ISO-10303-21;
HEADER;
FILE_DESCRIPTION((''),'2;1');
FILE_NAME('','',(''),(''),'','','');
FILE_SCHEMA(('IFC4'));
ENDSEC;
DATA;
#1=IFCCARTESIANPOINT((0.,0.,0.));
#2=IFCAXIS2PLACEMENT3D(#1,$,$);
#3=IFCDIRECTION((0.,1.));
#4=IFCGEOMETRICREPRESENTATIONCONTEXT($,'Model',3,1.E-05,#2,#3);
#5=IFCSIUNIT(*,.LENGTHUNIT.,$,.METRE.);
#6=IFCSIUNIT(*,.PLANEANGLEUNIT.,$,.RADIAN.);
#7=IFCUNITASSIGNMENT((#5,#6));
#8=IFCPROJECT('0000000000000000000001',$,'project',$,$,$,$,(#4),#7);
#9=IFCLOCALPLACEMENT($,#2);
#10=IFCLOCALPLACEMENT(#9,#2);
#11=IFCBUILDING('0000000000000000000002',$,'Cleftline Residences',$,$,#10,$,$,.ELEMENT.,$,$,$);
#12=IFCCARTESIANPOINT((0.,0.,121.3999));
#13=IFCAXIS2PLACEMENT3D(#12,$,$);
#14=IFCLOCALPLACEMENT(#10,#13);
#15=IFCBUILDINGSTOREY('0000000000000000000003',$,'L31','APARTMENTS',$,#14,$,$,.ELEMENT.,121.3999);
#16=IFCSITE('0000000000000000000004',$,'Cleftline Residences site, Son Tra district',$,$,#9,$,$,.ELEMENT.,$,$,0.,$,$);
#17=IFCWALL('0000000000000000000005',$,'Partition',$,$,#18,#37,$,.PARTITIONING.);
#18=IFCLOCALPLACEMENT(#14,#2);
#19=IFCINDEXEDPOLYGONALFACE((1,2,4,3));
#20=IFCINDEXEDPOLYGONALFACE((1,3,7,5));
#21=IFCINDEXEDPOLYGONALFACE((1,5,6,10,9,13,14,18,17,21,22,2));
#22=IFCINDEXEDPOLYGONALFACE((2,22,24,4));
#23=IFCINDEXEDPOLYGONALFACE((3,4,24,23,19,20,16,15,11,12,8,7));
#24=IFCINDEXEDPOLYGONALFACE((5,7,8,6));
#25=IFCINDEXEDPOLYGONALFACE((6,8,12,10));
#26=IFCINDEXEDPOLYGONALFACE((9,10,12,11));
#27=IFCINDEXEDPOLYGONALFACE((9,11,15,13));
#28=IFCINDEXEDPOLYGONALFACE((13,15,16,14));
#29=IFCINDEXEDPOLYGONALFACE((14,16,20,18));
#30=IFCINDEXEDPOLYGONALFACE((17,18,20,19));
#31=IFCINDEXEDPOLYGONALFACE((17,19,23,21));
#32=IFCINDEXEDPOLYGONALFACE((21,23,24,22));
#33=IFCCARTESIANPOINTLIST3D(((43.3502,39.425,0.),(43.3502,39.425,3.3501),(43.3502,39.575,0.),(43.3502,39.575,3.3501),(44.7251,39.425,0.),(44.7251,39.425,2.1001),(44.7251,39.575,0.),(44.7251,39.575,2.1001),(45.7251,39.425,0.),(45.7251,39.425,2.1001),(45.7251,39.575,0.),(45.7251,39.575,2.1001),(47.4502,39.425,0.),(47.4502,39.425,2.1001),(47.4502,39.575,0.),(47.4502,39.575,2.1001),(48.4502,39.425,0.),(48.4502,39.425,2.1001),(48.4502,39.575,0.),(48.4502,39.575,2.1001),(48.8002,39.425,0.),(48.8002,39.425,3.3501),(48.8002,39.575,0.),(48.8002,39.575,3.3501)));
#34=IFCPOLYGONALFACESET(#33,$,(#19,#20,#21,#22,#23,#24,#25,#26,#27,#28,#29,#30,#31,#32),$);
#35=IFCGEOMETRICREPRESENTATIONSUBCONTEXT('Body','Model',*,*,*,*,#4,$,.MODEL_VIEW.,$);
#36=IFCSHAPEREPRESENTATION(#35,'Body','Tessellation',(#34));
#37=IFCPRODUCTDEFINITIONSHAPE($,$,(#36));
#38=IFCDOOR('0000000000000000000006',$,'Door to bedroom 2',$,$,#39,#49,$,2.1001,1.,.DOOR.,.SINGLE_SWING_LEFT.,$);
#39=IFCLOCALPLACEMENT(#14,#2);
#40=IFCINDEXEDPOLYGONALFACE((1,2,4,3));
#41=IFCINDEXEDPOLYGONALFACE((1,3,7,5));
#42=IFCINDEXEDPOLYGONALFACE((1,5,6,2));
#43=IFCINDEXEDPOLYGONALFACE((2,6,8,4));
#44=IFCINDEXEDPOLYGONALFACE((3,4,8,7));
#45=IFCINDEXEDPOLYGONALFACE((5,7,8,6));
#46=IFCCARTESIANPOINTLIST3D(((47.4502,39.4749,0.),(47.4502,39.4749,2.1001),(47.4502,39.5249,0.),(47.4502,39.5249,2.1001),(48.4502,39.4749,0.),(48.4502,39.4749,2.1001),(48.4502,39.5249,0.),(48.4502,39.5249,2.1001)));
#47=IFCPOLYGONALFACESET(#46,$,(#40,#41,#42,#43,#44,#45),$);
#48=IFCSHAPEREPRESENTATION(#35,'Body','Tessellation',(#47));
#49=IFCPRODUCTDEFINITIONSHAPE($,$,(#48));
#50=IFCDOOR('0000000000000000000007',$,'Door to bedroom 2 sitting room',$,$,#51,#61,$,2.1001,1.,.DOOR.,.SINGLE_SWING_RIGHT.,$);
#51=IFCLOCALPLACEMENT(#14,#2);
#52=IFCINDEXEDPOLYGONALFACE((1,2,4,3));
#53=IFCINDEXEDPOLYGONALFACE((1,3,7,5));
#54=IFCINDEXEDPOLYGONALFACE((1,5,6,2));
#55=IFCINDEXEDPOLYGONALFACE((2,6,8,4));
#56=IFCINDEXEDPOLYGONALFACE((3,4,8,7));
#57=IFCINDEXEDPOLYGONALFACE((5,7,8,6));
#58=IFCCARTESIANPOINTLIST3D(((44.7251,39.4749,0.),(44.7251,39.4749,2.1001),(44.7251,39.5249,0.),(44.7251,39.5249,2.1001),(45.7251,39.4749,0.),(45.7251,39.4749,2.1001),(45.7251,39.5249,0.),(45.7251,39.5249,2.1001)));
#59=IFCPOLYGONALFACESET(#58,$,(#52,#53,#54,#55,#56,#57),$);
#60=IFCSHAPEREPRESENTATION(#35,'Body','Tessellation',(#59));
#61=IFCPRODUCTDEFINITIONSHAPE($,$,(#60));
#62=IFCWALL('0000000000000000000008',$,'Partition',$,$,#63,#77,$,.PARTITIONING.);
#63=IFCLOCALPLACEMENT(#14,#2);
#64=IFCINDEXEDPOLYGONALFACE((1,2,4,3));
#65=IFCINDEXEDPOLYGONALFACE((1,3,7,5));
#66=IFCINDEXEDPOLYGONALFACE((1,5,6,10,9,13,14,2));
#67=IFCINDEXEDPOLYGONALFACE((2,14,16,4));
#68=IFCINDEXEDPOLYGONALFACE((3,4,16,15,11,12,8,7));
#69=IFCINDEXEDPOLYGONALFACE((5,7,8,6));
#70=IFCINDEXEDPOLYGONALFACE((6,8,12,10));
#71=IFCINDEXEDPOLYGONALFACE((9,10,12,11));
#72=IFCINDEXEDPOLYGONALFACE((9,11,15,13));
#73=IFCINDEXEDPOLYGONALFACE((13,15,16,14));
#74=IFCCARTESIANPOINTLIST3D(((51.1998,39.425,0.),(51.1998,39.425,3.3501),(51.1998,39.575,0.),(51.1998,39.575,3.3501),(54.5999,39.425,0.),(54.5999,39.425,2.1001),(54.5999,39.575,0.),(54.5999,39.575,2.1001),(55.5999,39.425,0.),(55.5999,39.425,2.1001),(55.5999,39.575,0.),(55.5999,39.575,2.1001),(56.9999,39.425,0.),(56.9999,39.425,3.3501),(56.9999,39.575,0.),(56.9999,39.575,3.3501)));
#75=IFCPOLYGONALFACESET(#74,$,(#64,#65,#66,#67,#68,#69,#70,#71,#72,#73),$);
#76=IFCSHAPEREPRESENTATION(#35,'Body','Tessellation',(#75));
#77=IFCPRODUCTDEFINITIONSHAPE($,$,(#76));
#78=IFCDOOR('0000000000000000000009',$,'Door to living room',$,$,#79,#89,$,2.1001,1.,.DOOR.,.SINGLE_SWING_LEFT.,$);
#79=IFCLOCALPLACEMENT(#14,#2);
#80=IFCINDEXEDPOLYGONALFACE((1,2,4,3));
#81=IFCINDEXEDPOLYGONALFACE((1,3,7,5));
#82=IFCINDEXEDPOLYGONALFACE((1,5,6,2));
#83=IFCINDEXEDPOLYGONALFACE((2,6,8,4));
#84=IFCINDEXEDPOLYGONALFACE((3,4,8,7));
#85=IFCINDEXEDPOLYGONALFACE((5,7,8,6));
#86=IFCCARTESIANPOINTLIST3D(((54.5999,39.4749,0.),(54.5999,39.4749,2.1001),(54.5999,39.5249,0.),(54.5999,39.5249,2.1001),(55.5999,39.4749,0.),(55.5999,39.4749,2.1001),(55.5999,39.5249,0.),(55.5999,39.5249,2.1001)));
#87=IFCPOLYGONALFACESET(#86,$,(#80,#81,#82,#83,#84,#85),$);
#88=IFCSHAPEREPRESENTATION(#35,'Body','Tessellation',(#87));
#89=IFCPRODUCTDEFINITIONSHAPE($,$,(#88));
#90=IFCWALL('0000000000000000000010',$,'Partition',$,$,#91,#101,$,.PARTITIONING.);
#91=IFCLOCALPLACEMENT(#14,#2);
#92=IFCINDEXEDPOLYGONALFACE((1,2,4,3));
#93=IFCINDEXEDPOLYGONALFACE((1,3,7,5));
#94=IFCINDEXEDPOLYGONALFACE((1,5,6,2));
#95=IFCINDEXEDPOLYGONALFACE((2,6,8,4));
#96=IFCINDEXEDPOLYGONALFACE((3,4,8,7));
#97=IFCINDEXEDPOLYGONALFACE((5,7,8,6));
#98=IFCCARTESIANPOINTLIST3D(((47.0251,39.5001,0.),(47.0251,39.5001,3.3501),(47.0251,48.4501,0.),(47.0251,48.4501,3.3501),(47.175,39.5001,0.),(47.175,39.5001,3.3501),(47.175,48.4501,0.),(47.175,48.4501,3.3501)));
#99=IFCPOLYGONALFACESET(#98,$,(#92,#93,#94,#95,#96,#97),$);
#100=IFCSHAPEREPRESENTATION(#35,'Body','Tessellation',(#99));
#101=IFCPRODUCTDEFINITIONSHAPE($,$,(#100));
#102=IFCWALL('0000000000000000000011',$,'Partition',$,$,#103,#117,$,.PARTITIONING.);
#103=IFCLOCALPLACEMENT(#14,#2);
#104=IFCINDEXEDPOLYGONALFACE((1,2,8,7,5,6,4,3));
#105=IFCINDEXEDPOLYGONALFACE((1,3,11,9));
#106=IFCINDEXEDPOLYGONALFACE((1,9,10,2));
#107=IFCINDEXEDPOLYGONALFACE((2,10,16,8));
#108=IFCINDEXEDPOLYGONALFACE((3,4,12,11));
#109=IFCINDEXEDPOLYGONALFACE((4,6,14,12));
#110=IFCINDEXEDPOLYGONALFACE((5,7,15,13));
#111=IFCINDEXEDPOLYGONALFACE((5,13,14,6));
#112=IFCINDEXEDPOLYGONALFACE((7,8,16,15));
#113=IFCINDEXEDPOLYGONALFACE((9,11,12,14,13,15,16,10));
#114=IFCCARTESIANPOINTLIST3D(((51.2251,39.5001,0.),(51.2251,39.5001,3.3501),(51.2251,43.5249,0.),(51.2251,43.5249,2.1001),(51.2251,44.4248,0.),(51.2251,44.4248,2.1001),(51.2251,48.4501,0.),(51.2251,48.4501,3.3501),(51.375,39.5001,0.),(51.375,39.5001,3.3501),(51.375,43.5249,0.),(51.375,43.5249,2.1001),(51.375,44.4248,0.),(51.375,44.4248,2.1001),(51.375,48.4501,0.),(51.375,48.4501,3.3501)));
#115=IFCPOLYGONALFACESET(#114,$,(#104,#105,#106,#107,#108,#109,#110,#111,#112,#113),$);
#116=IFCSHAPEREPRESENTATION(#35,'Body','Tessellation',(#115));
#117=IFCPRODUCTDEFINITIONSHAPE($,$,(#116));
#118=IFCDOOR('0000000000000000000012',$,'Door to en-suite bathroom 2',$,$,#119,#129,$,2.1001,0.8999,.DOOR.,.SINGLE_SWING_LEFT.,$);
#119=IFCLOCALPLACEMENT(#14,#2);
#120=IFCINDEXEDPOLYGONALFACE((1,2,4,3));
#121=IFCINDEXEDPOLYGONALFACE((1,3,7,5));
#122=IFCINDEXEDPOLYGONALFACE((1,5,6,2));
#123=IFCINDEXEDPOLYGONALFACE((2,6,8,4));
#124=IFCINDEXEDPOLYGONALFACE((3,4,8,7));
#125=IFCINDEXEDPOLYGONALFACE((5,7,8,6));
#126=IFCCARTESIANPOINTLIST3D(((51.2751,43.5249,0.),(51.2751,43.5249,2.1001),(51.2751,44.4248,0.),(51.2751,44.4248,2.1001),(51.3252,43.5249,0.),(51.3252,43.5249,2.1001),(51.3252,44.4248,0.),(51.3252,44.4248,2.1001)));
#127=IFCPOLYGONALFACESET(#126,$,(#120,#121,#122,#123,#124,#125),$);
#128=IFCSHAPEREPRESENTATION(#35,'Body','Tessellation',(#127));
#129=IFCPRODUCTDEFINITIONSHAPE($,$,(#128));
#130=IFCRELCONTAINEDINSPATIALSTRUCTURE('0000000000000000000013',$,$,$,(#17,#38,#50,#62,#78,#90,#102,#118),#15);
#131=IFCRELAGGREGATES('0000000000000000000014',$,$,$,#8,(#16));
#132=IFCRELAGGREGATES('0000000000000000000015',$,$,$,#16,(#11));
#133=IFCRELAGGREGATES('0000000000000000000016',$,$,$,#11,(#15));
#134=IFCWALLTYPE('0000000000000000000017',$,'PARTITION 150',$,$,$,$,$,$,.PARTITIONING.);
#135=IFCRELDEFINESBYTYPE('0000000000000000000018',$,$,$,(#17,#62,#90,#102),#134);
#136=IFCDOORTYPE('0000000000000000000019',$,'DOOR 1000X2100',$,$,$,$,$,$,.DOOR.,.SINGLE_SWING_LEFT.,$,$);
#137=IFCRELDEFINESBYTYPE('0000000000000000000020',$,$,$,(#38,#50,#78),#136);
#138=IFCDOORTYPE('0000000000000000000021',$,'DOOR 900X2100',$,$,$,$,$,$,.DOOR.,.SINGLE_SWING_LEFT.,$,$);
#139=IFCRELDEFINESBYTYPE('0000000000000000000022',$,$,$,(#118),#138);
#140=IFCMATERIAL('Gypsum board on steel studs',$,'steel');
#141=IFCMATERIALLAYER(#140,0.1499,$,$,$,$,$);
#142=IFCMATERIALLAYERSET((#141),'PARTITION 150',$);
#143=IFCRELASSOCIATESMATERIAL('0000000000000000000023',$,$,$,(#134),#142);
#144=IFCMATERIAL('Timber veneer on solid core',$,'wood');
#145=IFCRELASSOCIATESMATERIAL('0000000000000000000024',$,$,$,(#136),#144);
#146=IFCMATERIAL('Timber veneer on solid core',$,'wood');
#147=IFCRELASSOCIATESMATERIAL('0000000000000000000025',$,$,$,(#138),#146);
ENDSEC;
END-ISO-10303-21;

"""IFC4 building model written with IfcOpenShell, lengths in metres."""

from ifc_helpers import new_model, si_unit, direction, frame, frame_2d, origin, place, context, subcontext, project, spatial, rectangle, extrude, material, layer, layer_set, type_object, element, fill, save


model = new_model("IFC4")

# Units and contexts
model_context = context("Model", 3, precision=1e-05, world=origin(), true_north=direction((0.0, 1.0)))
body_context = subcontext(model_context, "Body", "Model", "MODEL_VIEW")
ifc_project = project(units=[si_unit("LENGTHUNIT", "METRE"), si_unit("PLANEANGLEUNIT", "RADIAN")], contexts=[model_context])

# Site, building, storey
site_placement = place(None, origin())
site = spatial("IfcSite", under=ifc_project, at=site_placement, Name="Cleftline Residences site, Son Tra district", CompositionType="ELEMENT", RefElevation=0.0)
building_placement = place(site_placement, origin())
building = spatial("IfcBuilding", under=site, at=building_placement, Name="Cleftline Residences", CompositionType="ELEMENT")
storey_placement = place(building_placement, frame((0.0, 0.0, 121.3999)))
storey = spatial("IfcBuildingStorey", under=building, at=storey_placement, Name="L31", Description="APARTMENTS", CompositionType="ELEMENT", Elevation=121.3999)

# Wall, openings, doors
ifc_material_1 = material(Name="Gypsum board on steel studs", Category="steel")
ifc_layer_1 = layer(ifc_material_1, 0.1499)
ifc_layer_set_1 = layer_set([ifc_layer_1], Name="PARTITION 150")
wall_type = type_object("IfcWallType", Name="PARTITION 150", PredefinedType="PARTITIONING", material=ifc_layer_set_1)
wall_1_placement = place(storey_placement, frame((43.3501, 39.5, 0.0), z_axis=(0.0, 0.0, 1.0), x_axis=(1.0, 0.0, 0.0)))
wall_1 = element("IfcWall", 1, at=wall_1_placement, inside=storey, type_object=wall_type, Name="Partition", PredefinedType="PARTITIONING", context=body_context, shape_type="SweptSolid", body=[
    extrude(rectangle(XDim=5.45, YDim=0.1499, at=frame_2d((2.7251, 0.0))), origin(), (0.0, 0.0, 1.0), 3.3501),
])
opening_1_placement = place(wall_1_placement, frame((4.1001, 0.0, 0.0)))
opening_1 = element("IfcOpeningElement", 2, at=opening_1_placement, cuts=wall_1, PredefinedType="OPENING", context=body_context, shape_type="SweptSolid", body=[
    extrude(rectangle(XDim=1.0, YDim=2.1001, at=frame_2d((0.5, 1.05))), frame((0.0, 0.085, 0.0), z_axis=(0.0, -1.0, 0.0), x_axis=(1.0, 0.0, 0.0)), (0.0, 0.0, 1.0), 0.1699),
])
opening_2_placement = place(wall_1_placement, frame((1.375, 0.0, 0.0)))
opening_2 = element("IfcOpeningElement", 3, at=opening_2_placement, cuts=wall_1, PredefinedType="OPENING", context=body_context, shape_type="SweptSolid", body=[
    extrude(rectangle(XDim=1.0, YDim=2.1001, at=frame_2d((0.5, 1.05))), frame((0.0, 0.085, 0.0), z_axis=(0.0, -1.0, 0.0), x_axis=(1.0, 0.0, 0.0)), (0.0, 0.0, 1.0), 0.1699),
])
ifc_material_2 = material(Name="Timber veneer on solid core", Category="wood")
door_type_1 = type_object("IfcDoorType", Name="DOOR 1000X2100", OperationType="SINGLE_SWING_LEFT", PredefinedType="DOOR", material=ifc_material_2)
door_1_placement = place(opening_1_placement, origin())
door_1 = element("IfcDoor", 4, at=door_1_placement, inside=storey, type_object=door_type_1, Name="Door to bedroom 2", OperationType="SINGLE_SWING_LEFT", OverallHeight=2.1001, OverallWidth=1.0, PredefinedType="DOOR", context=body_context, shape_type="SweptSolid", body=[
    extrude(rectangle(XDim=1.0, YDim=2.1001, at=frame_2d((0.5, 1.05))), frame((0.0, 0.0249, 0.0), z_axis=(0.0, -1.0, 0.0), x_axis=(1.0, 0.0, 0.0)), (0.0, 0.0, 1.0), 0.05),
])
fill(opening_1, door_1)
door_2_placement = place(opening_2_placement, origin())
door_2 = element("IfcDoor", 5, at=door_2_placement, inside=storey, type_object=door_type_1, Name="Door to bedroom 2 sitting room", OperationType="SINGLE_SWING_RIGHT", OverallHeight=2.1001, OverallWidth=1.0, PredefinedType="DOOR", context=body_context, shape_type="SweptSolid", body=[
    extrude(rectangle(XDim=1.0, YDim=2.1001, at=frame_2d((0.5, 1.05))), frame((0.0, 0.0249, 0.0), z_axis=(0.0, -1.0, 0.0), x_axis=(1.0, 0.0, 0.0)), (0.0, 0.0, 1.0), 0.05),
])
fill(opening_2, door_2)

# Wall, opening, door
wall_2_placement = place(storey_placement, frame((51.2, 39.5, 0.0), z_axis=(0.0, 0.0, 1.0), x_axis=(1.0, 0.0, 0.0)))
wall_2 = element("IfcWall", 6, at=wall_2_placement, inside=storey, type_object=wall_type, Name="Partition", PredefinedType="PARTITIONING", context=body_context, shape_type="SweptSolid", body=[
    extrude(rectangle(XDim=5.8, YDim=0.1499, at=frame_2d((2.8999, 0.0))), origin(), (0.0, 0.0, 1.0), 3.3501),
])
opening_3_placement = place(wall_2_placement, frame((3.3999, 0.0, 0.0)))
opening_3 = element("IfcOpeningElement", 7, at=opening_3_placement, cuts=wall_2, PredefinedType="OPENING", context=body_context, shape_type="SweptSolid", body=[
    extrude(rectangle(XDim=1.0, YDim=2.1001, at=frame_2d((0.5, 1.05))), frame((0.0, 0.085, 0.0), z_axis=(0.0, -1.0, 0.0), x_axis=(1.0, 0.0, 0.0)), (0.0, 0.0, 1.0), 0.1699),
])
door_3_placement = place(opening_3_placement, origin())
door_3 = element("IfcDoor", 8, at=door_3_placement, inside=storey, type_object=door_type_1, Name="Door to living room", OperationType="SINGLE_SWING_LEFT", OverallHeight=2.1001, OverallWidth=1.0, PredefinedType="DOOR", context=body_context, shape_type="SweptSolid", body=[
    extrude(rectangle(XDim=1.0, YDim=2.1001, at=frame_2d((0.5, 1.05))), frame((0.0, 0.0249, 0.0), z_axis=(0.0, -1.0, 0.0), x_axis=(1.0, 0.0, 0.0)), (0.0, 0.0, 1.0), 0.05),
])
fill(opening_3, door_3)

# Wall
wall_3_placement = place(storey_placement, frame((47.1001, 39.5, 0.0), z_axis=(0.0, 0.0, 1.0), x_axis=(0.0, 1.0, 0.0)))
element("IfcWall", 9, at=wall_3_placement, inside=storey, type_object=wall_type, Name="Partition", PredefinedType="PARTITIONING", context=body_context, shape_type="SweptSolid", body=[
    extrude(rectangle(XDim=8.95, YDim=0.1499, at=frame_2d((4.4751, 0.0))), origin(), (0.0, 0.0, 1.0), 3.3501),
])

# Wall, opening, door
wall_4_placement = place(storey_placement, frame((51.3, 39.5, 0.0), z_axis=(0.0, 0.0, 1.0), x_axis=(0.0, 1.0, 0.0)))
wall_4 = element("IfcWall", 10, at=wall_4_placement, inside=storey, type_object=wall_type, Name="Partition", PredefinedType="PARTITIONING", context=body_context, shape_type="SweptSolid", body=[
    extrude(rectangle(XDim=8.95, YDim=0.1499, at=frame_2d((4.4751, 0.0))), origin(), (0.0, 0.0, 1.0), 3.3501),
])
opening_4_placement = place(wall_4_placement, frame((4.0249, 0.0, 0.0)))
opening_4 = element("IfcOpeningElement", 11, at=opening_4_placement, cuts=wall_4, PredefinedType="OPENING", context=body_context, shape_type="SweptSolid", body=[
    extrude(rectangle(XDim=0.8999, YDim=2.1001, at=frame_2d((0.45, 1.05))), frame((0.0, 0.085, 0.0), z_axis=(0.0, -1.0, 0.0), x_axis=(1.0, 0.0, 0.0)), (0.0, 0.0, 1.0), 0.1699),
])
ifc_material_3 = material(Name="Timber veneer on solid core", Category="wood")
door_type_2 = type_object("IfcDoorType", Name="DOOR 900X2100", OperationType="SINGLE_SWING_LEFT", PredefinedType="DOOR", material=ifc_material_3)
door_4_placement = place(opening_4_placement, origin())
door_4 = element("IfcDoor", 12, at=door_4_placement, inside=storey, type_object=door_type_2, Name="Door to en-suite bathroom 2", OperationType="SINGLE_SWING_LEFT", OverallHeight=2.1001, OverallWidth=0.8999, PredefinedType="DOOR", context=body_context, shape_type="SweptSolid", body=[
    extrude(rectangle(XDim=0.8999, YDim=2.1001, at=frame_2d((0.45, 1.05))), frame((0.0, 0.0249, 0.0), z_axis=(0.0, -1.0, 0.0), x_axis=(1.0, 0.0, 0.0)), (0.0, 0.0, 1.0), 0.05),
])
fill(opening_4, door_4)

save(model, "model.ifc")
